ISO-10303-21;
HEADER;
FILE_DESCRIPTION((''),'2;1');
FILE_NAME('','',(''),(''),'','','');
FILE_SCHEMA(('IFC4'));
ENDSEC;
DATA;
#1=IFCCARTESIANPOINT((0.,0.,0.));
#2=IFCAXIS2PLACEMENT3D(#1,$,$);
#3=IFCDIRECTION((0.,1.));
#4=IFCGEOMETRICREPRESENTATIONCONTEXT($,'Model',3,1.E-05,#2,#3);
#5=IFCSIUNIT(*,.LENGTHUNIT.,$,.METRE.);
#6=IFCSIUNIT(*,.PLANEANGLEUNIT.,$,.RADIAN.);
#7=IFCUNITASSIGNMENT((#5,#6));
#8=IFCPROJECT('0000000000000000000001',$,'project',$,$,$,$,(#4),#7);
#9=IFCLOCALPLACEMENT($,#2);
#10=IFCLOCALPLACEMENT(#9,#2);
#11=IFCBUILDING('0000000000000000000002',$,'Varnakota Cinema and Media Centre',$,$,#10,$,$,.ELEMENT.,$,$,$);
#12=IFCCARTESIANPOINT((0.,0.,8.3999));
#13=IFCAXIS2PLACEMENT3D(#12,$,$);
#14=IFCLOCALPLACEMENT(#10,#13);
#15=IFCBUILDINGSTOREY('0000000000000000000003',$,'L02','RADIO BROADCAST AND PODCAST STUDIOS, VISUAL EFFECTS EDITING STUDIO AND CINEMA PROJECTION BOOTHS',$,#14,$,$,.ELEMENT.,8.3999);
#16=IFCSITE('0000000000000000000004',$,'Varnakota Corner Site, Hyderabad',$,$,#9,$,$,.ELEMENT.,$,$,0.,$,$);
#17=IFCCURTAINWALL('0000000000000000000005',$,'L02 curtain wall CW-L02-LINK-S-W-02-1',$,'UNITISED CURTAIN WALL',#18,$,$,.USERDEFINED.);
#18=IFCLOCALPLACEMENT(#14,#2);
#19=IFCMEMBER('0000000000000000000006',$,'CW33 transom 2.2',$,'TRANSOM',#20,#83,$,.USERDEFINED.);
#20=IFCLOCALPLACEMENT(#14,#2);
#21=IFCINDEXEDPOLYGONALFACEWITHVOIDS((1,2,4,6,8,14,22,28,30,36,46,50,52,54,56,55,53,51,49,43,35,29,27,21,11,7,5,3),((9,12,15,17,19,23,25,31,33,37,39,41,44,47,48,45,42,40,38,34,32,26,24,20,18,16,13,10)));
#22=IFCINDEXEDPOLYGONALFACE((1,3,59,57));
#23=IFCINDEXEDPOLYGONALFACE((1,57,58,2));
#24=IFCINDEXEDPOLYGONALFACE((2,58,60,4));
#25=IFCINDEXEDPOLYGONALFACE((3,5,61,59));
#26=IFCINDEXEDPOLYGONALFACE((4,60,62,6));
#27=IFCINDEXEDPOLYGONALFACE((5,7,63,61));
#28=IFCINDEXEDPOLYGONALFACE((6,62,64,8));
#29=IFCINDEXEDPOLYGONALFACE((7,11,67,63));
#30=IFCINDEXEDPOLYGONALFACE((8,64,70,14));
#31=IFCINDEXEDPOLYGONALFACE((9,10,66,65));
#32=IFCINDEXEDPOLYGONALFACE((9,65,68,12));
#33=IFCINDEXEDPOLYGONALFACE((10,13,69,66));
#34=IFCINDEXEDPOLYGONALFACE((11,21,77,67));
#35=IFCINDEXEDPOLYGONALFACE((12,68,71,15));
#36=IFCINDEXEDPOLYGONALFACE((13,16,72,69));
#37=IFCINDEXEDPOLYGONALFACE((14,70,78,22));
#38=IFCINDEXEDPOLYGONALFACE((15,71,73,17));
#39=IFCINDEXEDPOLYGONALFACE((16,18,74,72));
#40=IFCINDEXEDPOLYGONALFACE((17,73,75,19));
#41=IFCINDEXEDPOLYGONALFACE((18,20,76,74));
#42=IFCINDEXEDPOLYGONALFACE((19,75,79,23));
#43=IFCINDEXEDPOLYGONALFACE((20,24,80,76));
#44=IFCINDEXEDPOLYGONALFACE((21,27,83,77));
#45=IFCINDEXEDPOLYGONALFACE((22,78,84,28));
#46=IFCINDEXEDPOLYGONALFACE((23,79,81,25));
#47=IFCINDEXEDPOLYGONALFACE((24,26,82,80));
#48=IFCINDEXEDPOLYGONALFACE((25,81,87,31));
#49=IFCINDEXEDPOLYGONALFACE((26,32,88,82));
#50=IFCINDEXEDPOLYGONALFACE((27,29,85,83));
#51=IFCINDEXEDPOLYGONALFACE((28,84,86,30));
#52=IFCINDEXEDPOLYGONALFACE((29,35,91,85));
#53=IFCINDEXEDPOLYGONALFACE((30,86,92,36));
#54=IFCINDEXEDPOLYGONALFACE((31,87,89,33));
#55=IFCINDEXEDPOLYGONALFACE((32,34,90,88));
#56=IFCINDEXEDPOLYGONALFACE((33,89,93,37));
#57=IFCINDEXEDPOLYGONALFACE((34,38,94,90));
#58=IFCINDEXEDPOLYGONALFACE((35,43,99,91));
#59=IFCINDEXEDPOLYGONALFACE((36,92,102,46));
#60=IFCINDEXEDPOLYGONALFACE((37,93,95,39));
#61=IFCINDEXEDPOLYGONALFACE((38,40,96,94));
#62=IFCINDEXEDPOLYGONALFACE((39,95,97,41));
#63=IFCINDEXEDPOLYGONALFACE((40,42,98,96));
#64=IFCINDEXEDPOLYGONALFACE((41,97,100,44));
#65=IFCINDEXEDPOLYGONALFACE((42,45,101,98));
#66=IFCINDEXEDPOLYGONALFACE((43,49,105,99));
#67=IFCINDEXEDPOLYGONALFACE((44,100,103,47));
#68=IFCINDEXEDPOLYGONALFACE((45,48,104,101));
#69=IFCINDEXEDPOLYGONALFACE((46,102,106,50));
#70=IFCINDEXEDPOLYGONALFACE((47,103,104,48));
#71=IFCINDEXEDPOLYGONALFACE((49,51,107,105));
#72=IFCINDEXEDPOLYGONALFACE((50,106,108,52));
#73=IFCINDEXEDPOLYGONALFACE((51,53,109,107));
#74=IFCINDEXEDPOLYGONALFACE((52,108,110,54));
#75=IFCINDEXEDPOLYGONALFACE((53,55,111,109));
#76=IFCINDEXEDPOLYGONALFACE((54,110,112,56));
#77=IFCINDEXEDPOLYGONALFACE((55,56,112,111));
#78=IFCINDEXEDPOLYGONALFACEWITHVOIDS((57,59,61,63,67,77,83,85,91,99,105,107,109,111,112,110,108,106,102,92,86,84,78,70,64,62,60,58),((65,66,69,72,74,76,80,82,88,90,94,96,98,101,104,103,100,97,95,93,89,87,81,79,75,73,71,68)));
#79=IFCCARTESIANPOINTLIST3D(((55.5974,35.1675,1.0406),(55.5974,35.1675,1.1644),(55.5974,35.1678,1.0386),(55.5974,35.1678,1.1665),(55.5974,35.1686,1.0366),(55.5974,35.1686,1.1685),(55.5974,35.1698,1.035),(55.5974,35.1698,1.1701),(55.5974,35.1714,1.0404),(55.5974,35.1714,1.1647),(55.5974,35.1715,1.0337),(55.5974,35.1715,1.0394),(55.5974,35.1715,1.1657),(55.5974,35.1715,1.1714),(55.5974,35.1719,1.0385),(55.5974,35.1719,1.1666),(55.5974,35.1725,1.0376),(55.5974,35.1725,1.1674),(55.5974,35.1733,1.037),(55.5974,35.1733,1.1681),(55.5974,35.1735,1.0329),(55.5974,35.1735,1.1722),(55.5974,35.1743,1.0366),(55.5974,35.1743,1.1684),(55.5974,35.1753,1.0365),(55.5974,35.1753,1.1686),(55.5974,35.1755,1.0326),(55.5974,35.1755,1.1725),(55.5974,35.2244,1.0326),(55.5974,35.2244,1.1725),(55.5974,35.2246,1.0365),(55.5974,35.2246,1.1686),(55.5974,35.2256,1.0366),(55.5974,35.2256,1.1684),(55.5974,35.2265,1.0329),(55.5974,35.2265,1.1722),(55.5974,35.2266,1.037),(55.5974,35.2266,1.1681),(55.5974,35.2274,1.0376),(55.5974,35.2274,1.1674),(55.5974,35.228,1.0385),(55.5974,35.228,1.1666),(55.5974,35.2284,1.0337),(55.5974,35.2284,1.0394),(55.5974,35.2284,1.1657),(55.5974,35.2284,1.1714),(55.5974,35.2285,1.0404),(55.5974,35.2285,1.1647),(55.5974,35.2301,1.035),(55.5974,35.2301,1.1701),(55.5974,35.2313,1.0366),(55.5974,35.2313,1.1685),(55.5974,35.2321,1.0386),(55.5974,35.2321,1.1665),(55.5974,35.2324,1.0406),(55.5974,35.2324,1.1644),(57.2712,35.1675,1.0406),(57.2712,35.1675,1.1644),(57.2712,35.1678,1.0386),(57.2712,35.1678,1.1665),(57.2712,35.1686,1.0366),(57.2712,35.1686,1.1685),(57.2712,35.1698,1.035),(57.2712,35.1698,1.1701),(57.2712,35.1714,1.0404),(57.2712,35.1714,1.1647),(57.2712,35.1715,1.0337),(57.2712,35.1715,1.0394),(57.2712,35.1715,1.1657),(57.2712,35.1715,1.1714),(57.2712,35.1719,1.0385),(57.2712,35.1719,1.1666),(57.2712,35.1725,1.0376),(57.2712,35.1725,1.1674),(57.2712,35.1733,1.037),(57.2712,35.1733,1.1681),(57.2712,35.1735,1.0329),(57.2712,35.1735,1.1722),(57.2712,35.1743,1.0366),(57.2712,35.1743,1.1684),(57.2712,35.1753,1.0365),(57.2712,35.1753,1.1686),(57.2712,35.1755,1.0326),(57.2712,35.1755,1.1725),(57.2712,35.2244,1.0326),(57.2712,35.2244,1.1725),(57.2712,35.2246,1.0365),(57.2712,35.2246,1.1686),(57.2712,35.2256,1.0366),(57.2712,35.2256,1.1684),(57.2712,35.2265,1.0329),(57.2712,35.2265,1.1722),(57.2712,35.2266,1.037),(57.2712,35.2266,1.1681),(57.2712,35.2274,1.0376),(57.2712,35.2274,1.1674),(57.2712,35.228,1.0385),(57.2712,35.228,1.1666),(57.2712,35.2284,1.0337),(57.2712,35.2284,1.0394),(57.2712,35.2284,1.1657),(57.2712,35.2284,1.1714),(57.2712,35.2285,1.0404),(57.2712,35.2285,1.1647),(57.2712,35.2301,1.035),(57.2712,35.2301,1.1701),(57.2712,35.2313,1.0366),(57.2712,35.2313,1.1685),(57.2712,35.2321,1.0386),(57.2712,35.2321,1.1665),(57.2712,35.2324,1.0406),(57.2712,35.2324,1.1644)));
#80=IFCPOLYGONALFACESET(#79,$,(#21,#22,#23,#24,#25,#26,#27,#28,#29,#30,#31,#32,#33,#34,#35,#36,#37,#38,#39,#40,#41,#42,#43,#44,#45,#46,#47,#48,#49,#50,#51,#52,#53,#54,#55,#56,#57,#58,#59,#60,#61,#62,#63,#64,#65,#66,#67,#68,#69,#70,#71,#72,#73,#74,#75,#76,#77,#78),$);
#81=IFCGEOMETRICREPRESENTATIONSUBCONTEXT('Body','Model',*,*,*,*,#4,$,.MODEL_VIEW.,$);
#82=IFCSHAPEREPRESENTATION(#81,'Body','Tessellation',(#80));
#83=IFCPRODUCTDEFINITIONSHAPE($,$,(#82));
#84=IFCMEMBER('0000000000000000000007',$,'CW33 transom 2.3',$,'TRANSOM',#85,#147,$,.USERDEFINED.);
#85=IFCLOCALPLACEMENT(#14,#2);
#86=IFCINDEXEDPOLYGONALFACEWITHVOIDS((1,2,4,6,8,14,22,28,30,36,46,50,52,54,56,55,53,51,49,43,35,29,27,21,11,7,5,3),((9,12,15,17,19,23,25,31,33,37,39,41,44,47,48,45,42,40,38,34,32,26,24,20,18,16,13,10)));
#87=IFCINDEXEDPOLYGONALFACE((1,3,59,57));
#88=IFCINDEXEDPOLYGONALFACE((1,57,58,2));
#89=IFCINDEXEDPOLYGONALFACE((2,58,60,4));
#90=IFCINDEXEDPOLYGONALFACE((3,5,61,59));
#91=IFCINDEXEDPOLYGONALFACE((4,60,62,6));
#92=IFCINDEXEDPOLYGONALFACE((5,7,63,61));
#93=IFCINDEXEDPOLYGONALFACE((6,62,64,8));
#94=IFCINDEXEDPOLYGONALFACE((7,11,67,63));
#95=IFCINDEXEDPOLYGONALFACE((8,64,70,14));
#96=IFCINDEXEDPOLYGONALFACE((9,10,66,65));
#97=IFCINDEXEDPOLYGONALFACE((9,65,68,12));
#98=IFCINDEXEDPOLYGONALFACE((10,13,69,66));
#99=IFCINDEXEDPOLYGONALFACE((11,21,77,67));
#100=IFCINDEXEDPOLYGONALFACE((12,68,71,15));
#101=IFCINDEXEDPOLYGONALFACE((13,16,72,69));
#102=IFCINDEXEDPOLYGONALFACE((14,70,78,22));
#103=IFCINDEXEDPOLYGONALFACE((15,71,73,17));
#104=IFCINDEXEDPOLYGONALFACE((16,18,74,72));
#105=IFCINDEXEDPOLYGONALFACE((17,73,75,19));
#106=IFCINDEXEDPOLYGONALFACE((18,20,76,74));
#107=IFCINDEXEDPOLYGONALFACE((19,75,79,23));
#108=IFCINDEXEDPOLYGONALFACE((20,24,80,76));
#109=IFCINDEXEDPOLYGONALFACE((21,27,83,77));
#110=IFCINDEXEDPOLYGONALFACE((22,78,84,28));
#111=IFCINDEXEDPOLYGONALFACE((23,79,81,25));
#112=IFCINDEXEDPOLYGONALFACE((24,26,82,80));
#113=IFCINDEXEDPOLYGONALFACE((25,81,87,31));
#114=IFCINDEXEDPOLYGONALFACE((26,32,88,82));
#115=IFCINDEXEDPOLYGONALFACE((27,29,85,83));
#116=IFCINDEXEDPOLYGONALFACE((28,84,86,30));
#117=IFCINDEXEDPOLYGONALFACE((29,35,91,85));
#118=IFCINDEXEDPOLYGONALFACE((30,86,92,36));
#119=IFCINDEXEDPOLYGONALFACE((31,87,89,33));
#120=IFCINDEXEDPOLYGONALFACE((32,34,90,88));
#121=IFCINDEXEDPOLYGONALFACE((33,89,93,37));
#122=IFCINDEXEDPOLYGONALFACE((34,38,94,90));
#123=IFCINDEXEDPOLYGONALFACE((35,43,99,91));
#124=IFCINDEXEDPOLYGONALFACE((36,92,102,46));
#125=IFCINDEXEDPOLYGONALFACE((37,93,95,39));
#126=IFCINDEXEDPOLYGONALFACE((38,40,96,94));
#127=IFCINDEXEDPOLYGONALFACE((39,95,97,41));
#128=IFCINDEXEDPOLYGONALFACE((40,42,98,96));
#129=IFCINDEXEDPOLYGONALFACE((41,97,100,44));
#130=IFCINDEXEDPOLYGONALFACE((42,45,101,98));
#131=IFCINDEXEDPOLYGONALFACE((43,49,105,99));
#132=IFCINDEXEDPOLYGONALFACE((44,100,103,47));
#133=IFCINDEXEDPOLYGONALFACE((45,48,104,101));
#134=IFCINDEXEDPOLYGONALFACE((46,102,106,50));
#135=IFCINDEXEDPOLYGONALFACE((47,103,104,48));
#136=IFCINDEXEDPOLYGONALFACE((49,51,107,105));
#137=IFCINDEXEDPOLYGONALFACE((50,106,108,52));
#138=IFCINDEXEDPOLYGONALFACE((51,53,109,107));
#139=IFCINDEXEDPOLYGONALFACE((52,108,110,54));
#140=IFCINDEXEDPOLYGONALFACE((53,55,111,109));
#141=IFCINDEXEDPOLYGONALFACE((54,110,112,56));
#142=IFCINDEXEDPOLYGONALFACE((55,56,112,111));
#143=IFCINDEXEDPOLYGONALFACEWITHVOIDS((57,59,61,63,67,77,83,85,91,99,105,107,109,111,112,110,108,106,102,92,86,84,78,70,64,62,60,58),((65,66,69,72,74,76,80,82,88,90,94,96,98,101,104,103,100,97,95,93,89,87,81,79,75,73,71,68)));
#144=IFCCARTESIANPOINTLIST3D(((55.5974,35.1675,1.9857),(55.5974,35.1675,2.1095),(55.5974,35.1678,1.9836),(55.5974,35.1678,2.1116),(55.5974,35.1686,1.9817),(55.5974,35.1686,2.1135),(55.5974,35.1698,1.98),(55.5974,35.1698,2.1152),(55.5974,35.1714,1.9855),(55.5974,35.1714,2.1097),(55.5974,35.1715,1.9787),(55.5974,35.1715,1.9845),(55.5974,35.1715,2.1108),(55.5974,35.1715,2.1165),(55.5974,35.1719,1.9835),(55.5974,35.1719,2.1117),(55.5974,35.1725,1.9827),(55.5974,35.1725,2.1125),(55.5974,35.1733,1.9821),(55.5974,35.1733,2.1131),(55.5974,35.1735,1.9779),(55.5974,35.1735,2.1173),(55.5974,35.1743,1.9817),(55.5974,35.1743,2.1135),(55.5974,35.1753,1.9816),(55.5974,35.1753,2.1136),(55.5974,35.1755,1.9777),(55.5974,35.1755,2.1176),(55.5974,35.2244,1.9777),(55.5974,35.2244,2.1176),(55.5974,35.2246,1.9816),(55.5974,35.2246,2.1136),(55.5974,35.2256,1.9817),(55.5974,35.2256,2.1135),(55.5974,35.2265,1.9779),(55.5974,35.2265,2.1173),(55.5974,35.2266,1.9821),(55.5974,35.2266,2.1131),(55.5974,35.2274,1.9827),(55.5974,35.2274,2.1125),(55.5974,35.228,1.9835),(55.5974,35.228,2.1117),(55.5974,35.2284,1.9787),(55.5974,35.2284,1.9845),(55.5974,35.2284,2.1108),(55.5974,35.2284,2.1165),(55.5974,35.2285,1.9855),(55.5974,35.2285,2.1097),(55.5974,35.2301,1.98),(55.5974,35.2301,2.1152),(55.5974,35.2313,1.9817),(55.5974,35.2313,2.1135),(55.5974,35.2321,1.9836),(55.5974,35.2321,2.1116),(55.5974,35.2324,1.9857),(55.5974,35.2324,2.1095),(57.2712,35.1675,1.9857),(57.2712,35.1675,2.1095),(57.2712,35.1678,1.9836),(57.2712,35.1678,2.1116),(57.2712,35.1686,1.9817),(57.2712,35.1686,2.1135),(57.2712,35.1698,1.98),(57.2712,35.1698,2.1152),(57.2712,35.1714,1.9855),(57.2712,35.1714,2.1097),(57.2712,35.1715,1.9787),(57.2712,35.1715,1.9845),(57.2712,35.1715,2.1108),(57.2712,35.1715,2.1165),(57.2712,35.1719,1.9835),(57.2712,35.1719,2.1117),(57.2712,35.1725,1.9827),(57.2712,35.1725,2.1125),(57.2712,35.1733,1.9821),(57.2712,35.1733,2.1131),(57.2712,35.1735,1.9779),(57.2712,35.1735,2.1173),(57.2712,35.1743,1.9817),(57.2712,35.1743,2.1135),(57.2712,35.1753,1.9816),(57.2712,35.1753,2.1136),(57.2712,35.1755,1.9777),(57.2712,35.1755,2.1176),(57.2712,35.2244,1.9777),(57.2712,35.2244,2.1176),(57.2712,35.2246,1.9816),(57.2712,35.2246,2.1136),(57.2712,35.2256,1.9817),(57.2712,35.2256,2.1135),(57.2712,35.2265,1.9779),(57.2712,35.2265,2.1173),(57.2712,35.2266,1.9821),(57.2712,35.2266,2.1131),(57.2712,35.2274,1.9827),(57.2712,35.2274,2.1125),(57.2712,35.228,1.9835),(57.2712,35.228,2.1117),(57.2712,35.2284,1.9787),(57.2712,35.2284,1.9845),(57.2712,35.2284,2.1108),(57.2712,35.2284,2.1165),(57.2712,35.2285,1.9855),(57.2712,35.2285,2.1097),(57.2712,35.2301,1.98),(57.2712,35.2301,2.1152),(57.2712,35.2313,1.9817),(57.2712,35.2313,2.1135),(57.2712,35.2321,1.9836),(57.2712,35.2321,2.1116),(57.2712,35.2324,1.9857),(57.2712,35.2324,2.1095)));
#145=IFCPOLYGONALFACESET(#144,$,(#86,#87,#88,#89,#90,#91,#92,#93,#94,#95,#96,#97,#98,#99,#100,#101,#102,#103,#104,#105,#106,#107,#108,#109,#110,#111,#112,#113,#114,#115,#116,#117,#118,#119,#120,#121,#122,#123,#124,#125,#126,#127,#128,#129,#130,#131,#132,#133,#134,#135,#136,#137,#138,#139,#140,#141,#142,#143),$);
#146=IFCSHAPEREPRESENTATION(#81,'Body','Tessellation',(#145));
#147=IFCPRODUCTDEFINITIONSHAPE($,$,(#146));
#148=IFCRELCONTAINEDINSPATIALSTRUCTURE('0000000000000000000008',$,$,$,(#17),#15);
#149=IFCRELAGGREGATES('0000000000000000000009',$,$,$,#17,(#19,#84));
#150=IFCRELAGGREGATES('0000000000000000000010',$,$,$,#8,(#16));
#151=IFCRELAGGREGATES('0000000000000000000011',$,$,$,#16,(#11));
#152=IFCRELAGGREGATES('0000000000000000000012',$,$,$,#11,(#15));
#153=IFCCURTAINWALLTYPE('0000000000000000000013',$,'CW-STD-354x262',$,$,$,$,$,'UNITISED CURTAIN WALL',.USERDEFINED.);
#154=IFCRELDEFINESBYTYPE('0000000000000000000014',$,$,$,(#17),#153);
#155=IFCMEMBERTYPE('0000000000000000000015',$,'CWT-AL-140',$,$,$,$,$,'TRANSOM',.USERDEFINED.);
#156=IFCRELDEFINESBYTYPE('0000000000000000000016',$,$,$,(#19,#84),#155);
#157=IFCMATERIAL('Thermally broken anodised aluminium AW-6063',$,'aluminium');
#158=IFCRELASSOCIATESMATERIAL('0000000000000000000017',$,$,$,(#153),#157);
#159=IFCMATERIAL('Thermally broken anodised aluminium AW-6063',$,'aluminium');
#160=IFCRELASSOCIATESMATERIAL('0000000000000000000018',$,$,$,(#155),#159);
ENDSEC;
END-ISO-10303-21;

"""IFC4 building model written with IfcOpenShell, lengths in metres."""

from ifc_helpers import new_model, si_unit, direction, frame, origin, origin_2d, place, context, subcontext, project, spatial, hollow_rectangle, extrude, material, material_profile, profile_set, type_object, element, aggregate, save


model = new_model("IFC4")

# Units and contexts
model_context = context("Model", 3, precision=1e-05, world=origin(), true_north=direction((0.0, 1.0)))
body_context = subcontext(model_context, "Body", "Model", "MODEL_VIEW")
ifc_project = project(units=[si_unit("LENGTHUNIT", "METRE"), si_unit("PLANEANGLEUNIT", "RADIAN")], contexts=[model_context])

# Site, building, storey
site_placement = place(None, origin())
site = spatial("IfcSite", under=ifc_project, at=site_placement, Name="Varnakota Corner Site, Hyderabad", CompositionType="ELEMENT", RefElevation=0.0)
building_placement = place(site_placement, origin())
building = spatial("IfcBuilding", under=site, at=building_placement, Name="Varnakota Cinema and Media Centre", CompositionType="ELEMENT")
storey_placement = place(building_placement, frame((0.0, 0.0, 8.3999)))
storey = spatial("IfcBuildingStorey", under=building, at=storey_placement, Name="L02", Description="RADIO BROADCAST AND PODCAST STUDIOS, VISUAL EFFECTS EDITING STUDIO AND CINEMA PROJECTION BOOTHS", CompositionType="ELEMENT", Elevation=8.3999)

# Curtain wall
ifc_material_1 = material(Name="Thermally broken anodised aluminium AW-6063", Category="aluminium")
curtain_wall_type = type_object("IfcCurtainWallType", Name="CW-STD-354x262", ElementType="UNITISED CURTAIN WALL", PredefinedType="USERDEFINED", material=ifc_material_1)
curtain_wall_1_placement = place(storey_placement, origin())
curtain_wall_1 = element("IfcCurtainWall", 1, at=curtain_wall_1_placement, inside=storey, type_object=curtain_wall_type, Name="L02 curtain wall CW-L02-LINK-S-W-02-1", ObjectType="UNITISED CURTAIN WALL", PredefinedType="USERDEFINED")

# Members
ifc_material_2 = material(Name="Thermally broken anodised aluminium AW-6063", Category="aluminium")
ifc_material_profile_1 = material_profile(ifc_material_2, hollow_rectangle(XDim=0.0649, YDim=0.1399, WallThickness=0.0039, InnerFilletRadius=0.0039, OuterFilletRadius=0.0081, at=origin_2d()), Name="AL-TRANSOM 140x65x4")
ifc_profile_set_1 = profile_set([ifc_material_profile_1], Name="Thermally broken anodised aluminium AW-6063")
member_type_1 = type_object("IfcMemberType", Name="CWT-AL-140", ElementType="TRANSOM", PredefinedType="USERDEFINED", material=ifc_profile_set_1)
member_1_placement = place(storey_placement, frame((57.2712, 35.2, 1.1025), z_axis=(-1.0, 0.0, 0.0), x_axis=(0.0, -1.0, 0.0)))
member_1 = element("IfcMember", 2, at=member_1_placement, type_object=member_type_1, Name="CW33 transom 2.2", ObjectType="TRANSOM", PredefinedType="USERDEFINED", context=body_context, shape_type="SweptSolid", body=[
    extrude(hollow_rectangle(XDim=0.0649, YDim=0.1399, WallThickness=0.0039, InnerFilletRadius=0.0039, OuterFilletRadius=0.0081, at=origin_2d()), origin(), (0.0, 0.0, 1.0), 1.6738),
])
member_2_placement = place(storey_placement, frame((57.2712, 35.2, 2.0476), z_axis=(-1.0, 0.0, 0.0), x_axis=(0.0, -1.0, 0.0)))
member_2 = element("IfcMember", 3, at=member_2_placement, type_object=member_type_1, Name="CW33 transom 2.3", ObjectType="TRANSOM", PredefinedType="USERDEFINED", context=body_context, shape_type="SweptSolid", body=[
    extrude(hollow_rectangle(XDim=0.0649, YDim=0.1399, WallThickness=0.0039, InnerFilletRadius=0.0039, OuterFilletRadius=0.0081, at=origin_2d()), origin(), (0.0, 0.0, 1.0), 1.6738),
])

aggregate(curtain_wall_1, [member_1, member_2])

save(model, "model.ifc")
